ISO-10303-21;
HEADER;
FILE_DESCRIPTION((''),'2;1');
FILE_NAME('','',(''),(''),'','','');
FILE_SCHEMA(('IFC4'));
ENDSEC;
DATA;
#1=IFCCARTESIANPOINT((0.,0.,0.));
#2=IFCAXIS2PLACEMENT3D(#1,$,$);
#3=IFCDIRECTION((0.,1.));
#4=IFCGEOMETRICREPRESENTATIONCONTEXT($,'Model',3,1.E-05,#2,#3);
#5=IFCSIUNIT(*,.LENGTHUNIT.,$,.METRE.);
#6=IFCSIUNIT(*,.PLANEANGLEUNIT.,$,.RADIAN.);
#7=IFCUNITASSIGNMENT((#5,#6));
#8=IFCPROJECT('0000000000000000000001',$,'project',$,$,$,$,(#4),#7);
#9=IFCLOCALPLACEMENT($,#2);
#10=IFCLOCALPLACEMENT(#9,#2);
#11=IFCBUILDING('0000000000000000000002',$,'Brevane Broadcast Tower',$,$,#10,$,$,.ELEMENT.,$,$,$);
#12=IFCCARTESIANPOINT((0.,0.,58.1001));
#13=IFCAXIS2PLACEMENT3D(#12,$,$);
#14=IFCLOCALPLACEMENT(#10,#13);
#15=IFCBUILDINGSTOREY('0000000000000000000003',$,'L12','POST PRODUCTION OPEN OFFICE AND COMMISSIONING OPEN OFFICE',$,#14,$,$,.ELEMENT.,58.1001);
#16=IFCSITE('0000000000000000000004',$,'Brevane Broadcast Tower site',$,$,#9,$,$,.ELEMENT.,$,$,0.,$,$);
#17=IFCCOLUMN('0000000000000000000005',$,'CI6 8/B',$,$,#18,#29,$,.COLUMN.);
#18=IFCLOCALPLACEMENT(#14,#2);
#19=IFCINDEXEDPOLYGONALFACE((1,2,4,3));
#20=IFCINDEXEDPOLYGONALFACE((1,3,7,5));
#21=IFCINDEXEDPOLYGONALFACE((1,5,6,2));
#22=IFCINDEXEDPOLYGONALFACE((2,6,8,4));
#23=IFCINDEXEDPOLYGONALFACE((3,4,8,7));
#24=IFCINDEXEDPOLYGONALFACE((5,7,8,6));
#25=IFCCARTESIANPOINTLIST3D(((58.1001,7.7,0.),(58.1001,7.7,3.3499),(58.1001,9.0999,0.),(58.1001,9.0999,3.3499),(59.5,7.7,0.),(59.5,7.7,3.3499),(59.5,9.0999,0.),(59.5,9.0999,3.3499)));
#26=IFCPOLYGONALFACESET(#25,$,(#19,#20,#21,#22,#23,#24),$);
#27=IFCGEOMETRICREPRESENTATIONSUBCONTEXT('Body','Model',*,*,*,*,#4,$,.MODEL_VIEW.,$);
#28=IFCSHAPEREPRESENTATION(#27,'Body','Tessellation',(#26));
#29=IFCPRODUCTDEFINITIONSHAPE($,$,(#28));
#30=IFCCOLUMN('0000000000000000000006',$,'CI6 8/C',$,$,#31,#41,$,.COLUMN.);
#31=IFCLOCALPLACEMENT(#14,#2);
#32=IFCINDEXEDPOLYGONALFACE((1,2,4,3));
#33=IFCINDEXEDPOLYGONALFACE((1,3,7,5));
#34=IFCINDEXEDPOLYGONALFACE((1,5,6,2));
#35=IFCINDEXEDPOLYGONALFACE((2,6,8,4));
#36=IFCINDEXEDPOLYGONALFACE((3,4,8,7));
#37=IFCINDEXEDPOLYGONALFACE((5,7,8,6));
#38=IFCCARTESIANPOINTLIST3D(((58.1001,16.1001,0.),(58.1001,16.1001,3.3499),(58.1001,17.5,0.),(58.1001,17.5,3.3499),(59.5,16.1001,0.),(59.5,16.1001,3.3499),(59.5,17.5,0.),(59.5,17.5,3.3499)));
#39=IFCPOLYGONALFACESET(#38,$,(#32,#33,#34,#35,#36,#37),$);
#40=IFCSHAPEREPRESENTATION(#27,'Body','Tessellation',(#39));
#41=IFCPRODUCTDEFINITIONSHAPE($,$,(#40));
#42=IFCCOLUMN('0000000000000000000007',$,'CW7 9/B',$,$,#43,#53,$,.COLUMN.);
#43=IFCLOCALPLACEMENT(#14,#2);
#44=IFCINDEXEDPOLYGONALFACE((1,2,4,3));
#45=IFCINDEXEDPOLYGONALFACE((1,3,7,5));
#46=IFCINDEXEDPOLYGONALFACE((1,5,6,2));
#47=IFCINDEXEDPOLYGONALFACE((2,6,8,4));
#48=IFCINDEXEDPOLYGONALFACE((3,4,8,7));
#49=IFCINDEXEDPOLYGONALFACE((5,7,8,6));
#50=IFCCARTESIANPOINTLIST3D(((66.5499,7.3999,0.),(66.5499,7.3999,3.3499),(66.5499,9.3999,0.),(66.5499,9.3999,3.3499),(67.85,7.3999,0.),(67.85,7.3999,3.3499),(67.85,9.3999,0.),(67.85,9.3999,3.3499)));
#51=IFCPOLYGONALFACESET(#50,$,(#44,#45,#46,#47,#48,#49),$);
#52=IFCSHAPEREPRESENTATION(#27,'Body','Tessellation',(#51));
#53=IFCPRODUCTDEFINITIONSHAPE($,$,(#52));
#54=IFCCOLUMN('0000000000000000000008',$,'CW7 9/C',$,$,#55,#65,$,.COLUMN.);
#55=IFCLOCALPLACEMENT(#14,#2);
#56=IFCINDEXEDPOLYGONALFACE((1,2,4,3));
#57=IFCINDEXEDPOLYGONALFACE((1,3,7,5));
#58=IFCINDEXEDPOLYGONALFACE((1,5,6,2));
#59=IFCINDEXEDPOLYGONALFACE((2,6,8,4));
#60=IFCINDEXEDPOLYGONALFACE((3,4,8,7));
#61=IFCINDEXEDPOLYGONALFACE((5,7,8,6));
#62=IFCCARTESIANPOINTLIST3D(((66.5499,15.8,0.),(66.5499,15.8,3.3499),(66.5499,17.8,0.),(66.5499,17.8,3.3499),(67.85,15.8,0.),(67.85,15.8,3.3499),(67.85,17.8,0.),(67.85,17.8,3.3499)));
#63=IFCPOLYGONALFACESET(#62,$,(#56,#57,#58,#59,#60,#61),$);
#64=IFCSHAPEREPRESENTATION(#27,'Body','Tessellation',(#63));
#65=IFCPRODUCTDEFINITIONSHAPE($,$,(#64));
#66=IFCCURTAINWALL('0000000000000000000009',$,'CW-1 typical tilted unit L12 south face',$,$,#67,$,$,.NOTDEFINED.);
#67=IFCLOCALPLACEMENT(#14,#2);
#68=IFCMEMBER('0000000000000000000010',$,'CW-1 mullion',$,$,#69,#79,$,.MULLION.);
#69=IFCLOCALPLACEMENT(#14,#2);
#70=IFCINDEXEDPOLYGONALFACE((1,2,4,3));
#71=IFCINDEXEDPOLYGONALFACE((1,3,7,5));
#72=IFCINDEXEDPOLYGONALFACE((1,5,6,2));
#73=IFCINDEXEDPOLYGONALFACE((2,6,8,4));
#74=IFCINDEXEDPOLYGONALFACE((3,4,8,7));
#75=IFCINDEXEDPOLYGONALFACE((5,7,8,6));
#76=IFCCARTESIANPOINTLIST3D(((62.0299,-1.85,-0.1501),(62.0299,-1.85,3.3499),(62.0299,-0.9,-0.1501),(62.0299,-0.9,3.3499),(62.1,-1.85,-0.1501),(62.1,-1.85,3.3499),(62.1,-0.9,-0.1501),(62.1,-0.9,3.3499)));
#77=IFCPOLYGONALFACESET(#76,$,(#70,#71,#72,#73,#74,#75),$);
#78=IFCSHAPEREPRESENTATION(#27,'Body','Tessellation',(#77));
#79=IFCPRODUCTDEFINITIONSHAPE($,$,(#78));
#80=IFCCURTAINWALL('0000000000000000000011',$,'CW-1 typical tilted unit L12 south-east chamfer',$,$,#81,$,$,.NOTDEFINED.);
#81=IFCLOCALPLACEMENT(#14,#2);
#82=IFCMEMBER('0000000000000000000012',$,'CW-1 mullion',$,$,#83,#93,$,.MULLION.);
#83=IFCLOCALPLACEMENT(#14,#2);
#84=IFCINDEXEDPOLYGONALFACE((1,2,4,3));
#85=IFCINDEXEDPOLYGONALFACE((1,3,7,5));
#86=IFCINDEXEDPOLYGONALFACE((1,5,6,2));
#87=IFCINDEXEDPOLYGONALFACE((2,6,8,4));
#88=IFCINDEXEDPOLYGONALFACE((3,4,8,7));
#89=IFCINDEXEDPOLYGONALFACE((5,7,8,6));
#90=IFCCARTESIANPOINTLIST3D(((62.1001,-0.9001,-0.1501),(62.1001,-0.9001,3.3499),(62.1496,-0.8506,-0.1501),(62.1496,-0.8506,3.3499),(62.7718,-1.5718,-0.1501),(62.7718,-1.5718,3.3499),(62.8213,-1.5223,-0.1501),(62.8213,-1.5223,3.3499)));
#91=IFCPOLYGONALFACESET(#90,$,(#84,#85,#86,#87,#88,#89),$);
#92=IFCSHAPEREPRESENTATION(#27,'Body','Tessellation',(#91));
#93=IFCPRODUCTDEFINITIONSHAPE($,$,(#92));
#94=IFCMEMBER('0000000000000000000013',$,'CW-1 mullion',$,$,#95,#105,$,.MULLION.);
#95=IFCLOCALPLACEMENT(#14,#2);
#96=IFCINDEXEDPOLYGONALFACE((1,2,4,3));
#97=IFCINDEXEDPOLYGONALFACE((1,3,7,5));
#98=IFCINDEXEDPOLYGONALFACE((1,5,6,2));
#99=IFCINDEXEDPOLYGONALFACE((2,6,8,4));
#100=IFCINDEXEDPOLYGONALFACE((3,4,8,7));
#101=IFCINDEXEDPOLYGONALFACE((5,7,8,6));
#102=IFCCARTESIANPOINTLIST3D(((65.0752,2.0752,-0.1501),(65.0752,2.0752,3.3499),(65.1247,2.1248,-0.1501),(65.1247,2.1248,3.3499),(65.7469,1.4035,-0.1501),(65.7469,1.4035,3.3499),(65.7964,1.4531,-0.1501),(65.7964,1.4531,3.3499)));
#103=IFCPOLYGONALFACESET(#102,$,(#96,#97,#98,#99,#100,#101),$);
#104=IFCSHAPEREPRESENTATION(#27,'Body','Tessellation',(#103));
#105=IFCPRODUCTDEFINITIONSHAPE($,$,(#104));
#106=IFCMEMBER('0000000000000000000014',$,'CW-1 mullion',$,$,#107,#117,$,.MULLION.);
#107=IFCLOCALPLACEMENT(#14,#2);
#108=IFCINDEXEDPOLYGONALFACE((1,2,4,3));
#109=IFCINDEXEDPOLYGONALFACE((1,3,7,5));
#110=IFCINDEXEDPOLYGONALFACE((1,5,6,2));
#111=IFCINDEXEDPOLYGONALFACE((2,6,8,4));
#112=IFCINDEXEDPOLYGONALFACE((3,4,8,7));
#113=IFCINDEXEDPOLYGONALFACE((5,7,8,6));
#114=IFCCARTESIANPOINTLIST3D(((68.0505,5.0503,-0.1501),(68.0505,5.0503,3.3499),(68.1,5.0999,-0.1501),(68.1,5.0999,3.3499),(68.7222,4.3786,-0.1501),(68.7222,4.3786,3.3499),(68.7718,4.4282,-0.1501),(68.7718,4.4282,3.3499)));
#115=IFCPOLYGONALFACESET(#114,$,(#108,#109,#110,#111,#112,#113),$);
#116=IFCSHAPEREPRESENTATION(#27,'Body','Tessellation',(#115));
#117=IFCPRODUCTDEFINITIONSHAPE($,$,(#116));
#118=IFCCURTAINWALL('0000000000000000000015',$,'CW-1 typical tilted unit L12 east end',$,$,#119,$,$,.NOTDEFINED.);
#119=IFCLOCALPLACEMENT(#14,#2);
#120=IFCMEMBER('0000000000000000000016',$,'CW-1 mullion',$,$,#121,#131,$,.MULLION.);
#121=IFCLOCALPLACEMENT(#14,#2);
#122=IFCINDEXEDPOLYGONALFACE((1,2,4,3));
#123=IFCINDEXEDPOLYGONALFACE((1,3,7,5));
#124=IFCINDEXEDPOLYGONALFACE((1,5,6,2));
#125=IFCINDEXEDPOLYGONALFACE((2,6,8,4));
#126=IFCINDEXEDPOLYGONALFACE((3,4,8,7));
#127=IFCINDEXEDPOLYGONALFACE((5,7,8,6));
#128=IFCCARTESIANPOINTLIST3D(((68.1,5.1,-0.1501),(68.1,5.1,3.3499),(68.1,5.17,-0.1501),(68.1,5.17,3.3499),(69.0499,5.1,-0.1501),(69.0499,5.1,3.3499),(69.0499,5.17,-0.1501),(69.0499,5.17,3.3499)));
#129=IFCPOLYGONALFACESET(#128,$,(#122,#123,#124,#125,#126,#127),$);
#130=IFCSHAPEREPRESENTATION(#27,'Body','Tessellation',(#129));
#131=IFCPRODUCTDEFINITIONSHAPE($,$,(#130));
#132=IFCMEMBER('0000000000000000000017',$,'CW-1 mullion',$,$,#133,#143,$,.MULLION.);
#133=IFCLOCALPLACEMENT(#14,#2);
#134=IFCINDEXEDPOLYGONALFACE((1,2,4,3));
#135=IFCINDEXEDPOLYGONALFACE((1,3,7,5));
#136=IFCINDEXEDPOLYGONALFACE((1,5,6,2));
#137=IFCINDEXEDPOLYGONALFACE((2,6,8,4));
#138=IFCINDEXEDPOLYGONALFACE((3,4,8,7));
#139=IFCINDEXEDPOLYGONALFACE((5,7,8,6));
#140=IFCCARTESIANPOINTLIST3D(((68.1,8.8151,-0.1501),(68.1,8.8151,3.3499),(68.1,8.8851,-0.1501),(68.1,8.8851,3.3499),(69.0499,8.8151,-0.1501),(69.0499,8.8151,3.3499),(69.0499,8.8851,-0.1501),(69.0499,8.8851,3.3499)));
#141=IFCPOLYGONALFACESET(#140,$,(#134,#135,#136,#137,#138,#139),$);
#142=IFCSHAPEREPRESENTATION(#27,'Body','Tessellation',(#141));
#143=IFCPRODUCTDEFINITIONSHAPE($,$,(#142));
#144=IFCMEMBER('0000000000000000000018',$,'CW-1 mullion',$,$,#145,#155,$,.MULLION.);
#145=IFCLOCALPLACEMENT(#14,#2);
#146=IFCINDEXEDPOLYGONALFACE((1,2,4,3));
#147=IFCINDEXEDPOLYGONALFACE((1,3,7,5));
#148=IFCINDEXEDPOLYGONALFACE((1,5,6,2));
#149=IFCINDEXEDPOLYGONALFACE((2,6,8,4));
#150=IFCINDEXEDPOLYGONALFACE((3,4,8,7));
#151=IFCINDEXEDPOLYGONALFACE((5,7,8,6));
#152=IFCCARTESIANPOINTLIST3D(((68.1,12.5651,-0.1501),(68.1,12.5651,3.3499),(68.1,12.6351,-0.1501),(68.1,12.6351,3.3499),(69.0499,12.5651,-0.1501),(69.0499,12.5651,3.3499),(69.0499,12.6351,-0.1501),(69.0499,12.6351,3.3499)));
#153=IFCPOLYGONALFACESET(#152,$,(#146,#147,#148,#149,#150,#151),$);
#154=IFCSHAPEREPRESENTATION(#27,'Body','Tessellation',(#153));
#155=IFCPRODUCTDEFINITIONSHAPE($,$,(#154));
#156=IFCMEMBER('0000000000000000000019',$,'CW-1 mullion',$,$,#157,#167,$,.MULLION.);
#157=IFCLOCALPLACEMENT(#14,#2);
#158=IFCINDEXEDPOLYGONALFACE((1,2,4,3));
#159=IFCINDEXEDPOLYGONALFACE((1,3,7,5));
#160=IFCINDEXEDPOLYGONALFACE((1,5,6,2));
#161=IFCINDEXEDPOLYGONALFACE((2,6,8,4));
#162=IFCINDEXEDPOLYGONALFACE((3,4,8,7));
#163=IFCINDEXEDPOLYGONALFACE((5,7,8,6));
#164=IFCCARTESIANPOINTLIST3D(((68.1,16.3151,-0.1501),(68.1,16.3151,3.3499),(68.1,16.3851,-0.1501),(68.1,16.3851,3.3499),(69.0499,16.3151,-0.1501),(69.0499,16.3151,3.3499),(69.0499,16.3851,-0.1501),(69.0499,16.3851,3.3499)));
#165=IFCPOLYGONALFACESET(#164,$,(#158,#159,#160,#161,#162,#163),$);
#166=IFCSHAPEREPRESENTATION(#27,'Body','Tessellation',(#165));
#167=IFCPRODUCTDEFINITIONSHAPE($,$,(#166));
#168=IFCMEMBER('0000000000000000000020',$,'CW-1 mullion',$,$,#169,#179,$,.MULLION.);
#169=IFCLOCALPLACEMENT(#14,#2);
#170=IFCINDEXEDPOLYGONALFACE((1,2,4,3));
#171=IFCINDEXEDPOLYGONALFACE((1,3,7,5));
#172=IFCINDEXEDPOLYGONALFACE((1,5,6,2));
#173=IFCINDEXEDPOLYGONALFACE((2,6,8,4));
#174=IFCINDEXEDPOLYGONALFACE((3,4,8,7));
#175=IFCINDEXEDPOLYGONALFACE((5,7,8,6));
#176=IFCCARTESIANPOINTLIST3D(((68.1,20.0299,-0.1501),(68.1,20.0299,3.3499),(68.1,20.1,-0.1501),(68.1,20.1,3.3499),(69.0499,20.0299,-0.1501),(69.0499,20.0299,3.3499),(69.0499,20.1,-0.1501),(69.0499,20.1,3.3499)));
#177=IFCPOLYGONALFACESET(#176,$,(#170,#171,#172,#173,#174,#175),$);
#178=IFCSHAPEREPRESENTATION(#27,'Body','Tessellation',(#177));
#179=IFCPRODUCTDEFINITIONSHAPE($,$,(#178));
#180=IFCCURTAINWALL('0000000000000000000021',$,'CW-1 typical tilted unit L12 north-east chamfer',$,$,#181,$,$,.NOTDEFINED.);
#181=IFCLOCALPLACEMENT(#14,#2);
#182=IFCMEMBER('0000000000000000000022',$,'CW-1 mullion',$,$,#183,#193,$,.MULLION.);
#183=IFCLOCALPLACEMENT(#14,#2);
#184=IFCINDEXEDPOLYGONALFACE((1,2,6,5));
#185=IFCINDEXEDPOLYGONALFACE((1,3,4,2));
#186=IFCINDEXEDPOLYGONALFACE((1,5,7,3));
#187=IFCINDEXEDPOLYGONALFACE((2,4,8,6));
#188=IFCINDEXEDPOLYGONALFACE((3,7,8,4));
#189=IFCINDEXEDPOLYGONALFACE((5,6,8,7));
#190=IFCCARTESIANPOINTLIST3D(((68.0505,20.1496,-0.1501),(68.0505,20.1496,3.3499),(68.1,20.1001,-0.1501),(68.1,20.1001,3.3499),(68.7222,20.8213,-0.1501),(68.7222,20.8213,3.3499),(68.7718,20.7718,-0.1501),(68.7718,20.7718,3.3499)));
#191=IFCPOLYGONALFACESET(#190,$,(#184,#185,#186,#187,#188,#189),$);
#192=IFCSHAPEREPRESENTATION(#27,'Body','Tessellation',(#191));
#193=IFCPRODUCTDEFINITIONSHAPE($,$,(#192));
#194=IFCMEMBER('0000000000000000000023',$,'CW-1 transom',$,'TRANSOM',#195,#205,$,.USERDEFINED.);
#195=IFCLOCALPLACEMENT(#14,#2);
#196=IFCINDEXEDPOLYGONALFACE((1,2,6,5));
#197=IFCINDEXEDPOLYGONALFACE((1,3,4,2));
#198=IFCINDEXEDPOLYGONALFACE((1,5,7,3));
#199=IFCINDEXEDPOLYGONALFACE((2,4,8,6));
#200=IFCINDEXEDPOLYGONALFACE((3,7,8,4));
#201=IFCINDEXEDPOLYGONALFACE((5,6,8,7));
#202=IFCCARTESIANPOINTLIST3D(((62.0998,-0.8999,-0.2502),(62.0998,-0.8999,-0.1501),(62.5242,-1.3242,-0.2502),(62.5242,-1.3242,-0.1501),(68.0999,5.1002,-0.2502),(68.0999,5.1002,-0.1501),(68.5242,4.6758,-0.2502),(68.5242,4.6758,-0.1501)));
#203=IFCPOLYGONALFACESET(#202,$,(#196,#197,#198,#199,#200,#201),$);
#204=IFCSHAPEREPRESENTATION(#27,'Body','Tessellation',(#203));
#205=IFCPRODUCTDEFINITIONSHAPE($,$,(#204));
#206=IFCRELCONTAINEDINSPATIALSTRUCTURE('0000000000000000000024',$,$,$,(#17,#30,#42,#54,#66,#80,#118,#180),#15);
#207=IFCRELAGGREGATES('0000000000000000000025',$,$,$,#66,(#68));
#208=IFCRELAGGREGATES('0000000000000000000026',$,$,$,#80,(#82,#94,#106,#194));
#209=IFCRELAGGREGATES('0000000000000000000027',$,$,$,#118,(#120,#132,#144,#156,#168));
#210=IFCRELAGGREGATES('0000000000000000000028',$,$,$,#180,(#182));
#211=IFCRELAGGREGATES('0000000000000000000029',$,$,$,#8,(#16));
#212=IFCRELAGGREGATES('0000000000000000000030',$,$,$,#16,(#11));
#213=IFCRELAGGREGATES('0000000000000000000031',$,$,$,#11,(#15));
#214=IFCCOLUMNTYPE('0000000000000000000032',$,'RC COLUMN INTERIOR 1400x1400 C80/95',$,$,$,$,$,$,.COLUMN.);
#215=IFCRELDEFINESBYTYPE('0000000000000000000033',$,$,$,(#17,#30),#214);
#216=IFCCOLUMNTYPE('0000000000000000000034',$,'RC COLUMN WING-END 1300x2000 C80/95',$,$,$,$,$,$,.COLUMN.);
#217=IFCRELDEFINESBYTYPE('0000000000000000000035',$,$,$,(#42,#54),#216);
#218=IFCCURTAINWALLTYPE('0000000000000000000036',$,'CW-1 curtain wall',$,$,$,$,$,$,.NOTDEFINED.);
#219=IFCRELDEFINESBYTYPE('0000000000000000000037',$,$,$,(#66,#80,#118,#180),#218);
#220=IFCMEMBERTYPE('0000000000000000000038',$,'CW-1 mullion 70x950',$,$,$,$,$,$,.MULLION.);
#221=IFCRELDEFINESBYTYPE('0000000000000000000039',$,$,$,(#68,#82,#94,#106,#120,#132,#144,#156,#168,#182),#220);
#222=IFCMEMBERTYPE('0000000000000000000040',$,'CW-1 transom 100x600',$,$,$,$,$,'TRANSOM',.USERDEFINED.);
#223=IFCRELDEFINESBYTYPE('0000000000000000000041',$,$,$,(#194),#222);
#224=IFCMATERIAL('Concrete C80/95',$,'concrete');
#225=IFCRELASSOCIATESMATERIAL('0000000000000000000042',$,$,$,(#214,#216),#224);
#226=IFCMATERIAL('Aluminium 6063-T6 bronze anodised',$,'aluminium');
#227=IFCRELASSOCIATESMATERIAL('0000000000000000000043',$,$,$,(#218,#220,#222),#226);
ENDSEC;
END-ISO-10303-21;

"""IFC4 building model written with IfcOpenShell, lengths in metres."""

from ifc_helpers import new_model, si_unit, direction, frame, origin, origin_2d, place, context, subcontext, project, spatial, rectangle, extrude, material, material_profile, profile_set, type_object, element, aggregate, save


model = new_model("IFC4")

# Units and contexts
model_context = context("Model", 3, precision=1e-05, world=origin(), true_north=direction((0.0, 1.0)))
body_context = subcontext(model_context, "Body", "Model", "MODEL_VIEW")
ifc_project = project(units=[si_unit("LENGTHUNIT", "METRE"), si_unit("PLANEANGLEUNIT", "RADIAN")], contexts=[model_context])

# Site, building, storey
site_placement = place(None, origin())
site = spatial("IfcSite", under=ifc_project, at=site_placement, Name="Brevane Broadcast Tower site", CompositionType="ELEMENT", RefElevation=0.0)
building_placement = place(site_placement, origin())
building = spatial("IfcBuilding", under=site, at=building_placement, Name="Brevane Broadcast Tower", CompositionType="ELEMENT")
storey_placement = place(building_placement, frame((0.0, 0.0, 58.1001)))
storey = spatial("IfcBuildingStorey", under=building, at=storey_placement, Name="L12", Description="POST PRODUCTION OPEN OFFICE AND COMMISSIONING OPEN OFFICE", CompositionType="ELEMENT", Elevation=58.1001)

# Columns
ifc_material_1 = material(Name="Concrete C80/95", Category="concrete")
ifc_material_profile_1 = material_profile(ifc_material_1, rectangle(XDim=1.3999, YDim=1.3999, at=origin_2d()), Name="RC 1400x1400")
ifc_profile_set_1 = profile_set([ifc_material_profile_1], Name="Concrete C80/95")
column_type_1 = type_object("IfcColumnType", Name="RC COLUMN INTERIOR 1400x1400 C80/95", PredefinedType="COLUMN", material=ifc_profile_set_1)
for number, where, z_axis, x_axis, name in (
    (1, (58.8, 8.3999, 0.0), (0.0, 0.0, 1.0), (1.0, 0.0, 0.0), "CI6 8/B"),
    (2, (58.8, 16.8, 0.0), (0.0, 0.0, 1.0), (1.0, 0.0, 0.0), "CI6 8/C"),
):
    element("IfcColumn", number, at=place(storey_placement, frame(where, z_axis=z_axis, x_axis=x_axis)), inside=storey, type_object=column_type_1, Name=name, PredefinedType="COLUMN", context=body_context, shape_type="SweptSolid", body=[
        extrude(rectangle(XDim=1.3999, YDim=1.3999, at=origin_2d()), origin(), (0.0, 0.0, 1.0), 3.3499),
    ])
ifc_material_profile_2 = material_profile(ifc_material_1, rectangle(XDim=1.3, YDim=2.0, at=origin_2d()), Name="RC 1300x2000")
ifc_profile_set_2 = profile_set([ifc_material_profile_2], Name="Concrete C80/95")
column_type_2 = type_object("IfcColumnType", Name="RC COLUMN WING-END 1300x2000 C80/95", PredefinedType="COLUMN", material=ifc_profile_set_2)
for number, where, z_axis, x_axis, name in (
    (3, (67.2, 8.3999, 0.0), (0.0, 0.0, 1.0), (1.0, 0.0, 0.0), "CW7 9/B"),
    (4, (67.2, 16.8, 0.0), (0.0, 0.0, 1.0), (1.0, 0.0, 0.0), "CW7 9/C"),
):
    element("IfcColumn", number, at=place(storey_placement, frame(where, z_axis=z_axis, x_axis=x_axis)), inside=storey, type_object=column_type_2, Name=name, PredefinedType="COLUMN", context=body_context, shape_type="SweptSolid", body=[
        extrude(rectangle(XDim=1.3, YDim=2.0, at=origin_2d()), origin(), (0.0, 0.0, 1.0), 3.3499),
    ])

# Curtain wall, member
ifc_material_2 = material(Name="Aluminium 6063-T6 bronze anodised", Category="aluminium")
curtain_wall_type = type_object("IfcCurtainWallType", Name="CW-1 curtain wall", PredefinedType="NOTDEFINED", material=ifc_material_2)
curtain_wall_1_placement = place(storey_placement, origin())
curtain_wall_1 = element("IfcCurtainWall", 5, at=curtain_wall_1_placement, inside=storey, type_object=curtain_wall_type, Name="CW-1 typical tilted unit L12 south face", PredefinedType="NOTDEFINED")
ifc_material_profile_3 = material_profile(ifc_material_2, rectangle(XDim=0.95, YDim=0.0701, at=origin_2d()), Name="RECT 70x950")
ifc_profile_set_3 = profile_set([ifc_material_profile_3], Name="Aluminium 6063-T6 bronze anodised")
member_type_1 = type_object("IfcMemberType", Name="CW-1 mullion 70x950", PredefinedType="MULLION", material=ifc_profile_set_3)
member_1_placement = place(storey_placement, frame((62.0649, -1.375, -0.1501), z_axis=(0.0, 0.0, 1.0), x_axis=(0.0, 1.0, 0.0)))
member_1 = element("IfcMember", 6, at=member_1_placement, type_object=member_type_1, Name="CW-1 mullion", PredefinedType="MULLION", context=body_context, shape_type="SweptSolid", body=[
    extrude(rectangle(XDim=0.95, YDim=0.0701, at=origin_2d()), origin(), (0.0, 0.0, 1.0), 3.5),
])
aggregate(curtain_wall_1, [member_1])

# Curtain walls, members
curtain_wall_2_placement = place(storey_placement, origin())
curtain_wall_2 = element("IfcCurtainWall", 7, at=curtain_wall_2_placement, inside=storey, type_object=curtain_wall_type, Name="CW-1 typical tilted unit L12 south-east chamfer", PredefinedType="NOTDEFINED")
member_2_placement = place(storey_placement, frame((62.4607, -1.2112, -0.1501), z_axis=(0.0, 0.0, 1.0), x_axis=(-0.707107, 0.707107, 0.0)))
member_2 = element("IfcMember", 8, at=member_2_placement, type_object=member_type_1, Name="CW-1 mullion", PredefinedType="MULLION", context=body_context, shape_type="SweptSolid", body=[
    extrude(rectangle(XDim=0.95, YDim=0.0701, at=origin_2d()), origin(), (0.0, 0.0, 1.0), 3.5),
])
member_3_placement = place(storey_placement, frame((65.4358, 1.7642, -0.1501), z_axis=(0.0, 0.0, 1.0), x_axis=(-0.707107, 0.707107, 0.0)))
member_3 = element("IfcMember", 9, at=member_3_placement, type_object=member_type_1, Name="CW-1 mullion", PredefinedType="MULLION", context=body_context, shape_type="SweptSolid", body=[
    extrude(rectangle(XDim=0.95, YDim=0.0701, at=origin_2d()), origin(), (0.0, 0.0, 1.0), 3.5),
])
member_4_placement = place(storey_placement, frame((68.4111, 4.7393, -0.1501), z_axis=(0.0, 0.0, 1.0), x_axis=(-0.707107, 0.707107, 0.0)))
member_4 = element("IfcMember", 10, at=member_4_placement, type_object=member_type_1, Name="CW-1 mullion", PredefinedType="MULLION", context=body_context, shape_type="SweptSolid", body=[
    extrude(rectangle(XDim=0.95, YDim=0.0701, at=origin_2d()), origin(), (0.0, 0.0, 1.0), 3.5),
])
curtain_wall_3_placement = place(storey_placement, origin())
curtain_wall_3 = element("IfcCurtainWall", 11, at=curtain_wall_3_placement, inside=storey, type_object=curtain_wall_type, Name="CW-1 typical tilted unit L12 east end", PredefinedType="NOTDEFINED")
member_5_placement = place(storey_placement, frame((68.575, 5.135, -0.1501), z_axis=(0.0, 0.0, 1.0), x_axis=(-1.0, 0.0, 0.0)))
member_5 = element("IfcMember", 12, at=member_5_placement, type_object=member_type_1, Name="CW-1 mullion", PredefinedType="MULLION", context=body_context, shape_type="SweptSolid", body=[
    extrude(rectangle(XDim=0.95, YDim=0.0701, at=origin_2d()), origin(), (0.0, 0.0, 1.0), 3.5),
])
member_6_placement = place(storey_placement, frame((68.575, 8.8501, -0.1501), z_axis=(0.0, 0.0, 1.0), x_axis=(-1.0, 0.0, 0.0)))
member_6 = element("IfcMember", 13, at=member_6_placement, type_object=member_type_1, Name="CW-1 mullion", PredefinedType="MULLION", context=body_context, shape_type="SweptSolid", body=[
    extrude(rectangle(XDim=0.95, YDim=0.0701, at=origin_2d()), origin(), (0.0, 0.0, 1.0), 3.5),
])
member_7_placement = place(storey_placement, frame((68.575, 12.6001, -0.1501), z_axis=(0.0, 0.0, 1.0), x_axis=(-1.0, 0.0, 0.0)))
member_7 = element("IfcMember", 14, at=member_7_placement, type_object=member_type_1, Name="CW-1 mullion", PredefinedType="MULLION", context=body_context, shape_type="SweptSolid", body=[
    extrude(rectangle(XDim=0.95, YDim=0.0701, at=origin_2d()), origin(), (0.0, 0.0, 1.0), 3.5),
])
member_8_placement = place(storey_placement, frame((68.575, 16.3501, -0.1501), z_axis=(0.0, 0.0, 1.0), x_axis=(-1.0, 0.0, 0.0)))
member_8 = element("IfcMember", 15, at=member_8_placement, type_object=member_type_1, Name="CW-1 mullion", PredefinedType="MULLION", context=body_context, shape_type="SweptSolid", body=[
    extrude(rectangle(XDim=0.95, YDim=0.0701, at=origin_2d()), origin(), (0.0, 0.0, 1.0), 3.5),
])
member_9_placement = place(storey_placement, frame((68.575, 20.0649, -0.1501), z_axis=(0.0, 0.0, 1.0), x_axis=(-1.0, 0.0, 0.0)))
member_9 = element("IfcMember", 16, at=member_9_placement, type_object=member_type_1, Name="CW-1 mullion", PredefinedType="MULLION", context=body_context, shape_type="SweptSolid", body=[
    extrude(rectangle(XDim=0.95, YDim=0.0701, at=origin_2d()), origin(), (0.0, 0.0, 1.0), 3.5),
])

# Curtain wall, member
curtain_wall_4_placement = place(storey_placement, origin())
curtain_wall_4 = element("IfcCurtainWall", 17, at=curtain_wall_4_placement, inside=storey, type_object=curtain_wall_type, Name="CW-1 typical tilted unit L12 north-east chamfer", PredefinedType="NOTDEFINED")
member_10_placement = place(storey_placement, frame((68.4111, 20.4607, -0.1501), z_axis=(0.0, 0.0, 1.0), x_axis=(-0.707107, -0.707107, 0.0)))
member_10 = element("IfcMember", 18, at=member_10_placement, type_object=member_type_1, Name="CW-1 mullion", PredefinedType="MULLION", context=body_context, shape_type="SweptSolid", body=[
    extrude(rectangle(XDim=0.95, YDim=0.0701, at=origin_2d()), origin(), (0.0, 0.0, 1.0), 3.5),
])

# Member
ifc_material_profile_4 = material_profile(ifc_material_2, rectangle(XDim=0.6001, YDim=0.1001, at=origin_2d()), Name="RECT 100x600")
ifc_profile_set_4 = profile_set([ifc_material_profile_4], Name="Aluminium 6063-T6 bronze anodised")
member_type_2 = type_object("IfcMemberType", Name="CW-1 transom 100x600", ElementType="TRANSOM", PredefinedType="USERDEFINED", material=ifc_profile_set_4)
member_11_placement = place(storey_placement, frame((62.312, -1.1121, -0.2002), z_axis=(0.707107, 0.707107, 0.0), x_axis=(-0.707107, 0.707107, 0.0)))
member_11 = element("IfcMember", 19, at=member_11_placement, type_object=member_type_2, Name="CW-1 transom", ObjectType="TRANSOM", PredefinedType="USERDEFINED", context=body_context, shape_type="SweptSolid", body=[
    extrude(rectangle(XDim=0.6001, YDim=0.1001, at=origin_2d()), origin(), (0.0, 0.0, 1.0), 8.4854),
])
aggregate(curtain_wall_2, [member_2, member_3, member_4, member_11])
aggregate(curtain_wall_3, [member_5, member_6, member_7, member_8, member_9])
aggregate(curtain_wall_4, [member_10])

save(model, "model.ifc")
